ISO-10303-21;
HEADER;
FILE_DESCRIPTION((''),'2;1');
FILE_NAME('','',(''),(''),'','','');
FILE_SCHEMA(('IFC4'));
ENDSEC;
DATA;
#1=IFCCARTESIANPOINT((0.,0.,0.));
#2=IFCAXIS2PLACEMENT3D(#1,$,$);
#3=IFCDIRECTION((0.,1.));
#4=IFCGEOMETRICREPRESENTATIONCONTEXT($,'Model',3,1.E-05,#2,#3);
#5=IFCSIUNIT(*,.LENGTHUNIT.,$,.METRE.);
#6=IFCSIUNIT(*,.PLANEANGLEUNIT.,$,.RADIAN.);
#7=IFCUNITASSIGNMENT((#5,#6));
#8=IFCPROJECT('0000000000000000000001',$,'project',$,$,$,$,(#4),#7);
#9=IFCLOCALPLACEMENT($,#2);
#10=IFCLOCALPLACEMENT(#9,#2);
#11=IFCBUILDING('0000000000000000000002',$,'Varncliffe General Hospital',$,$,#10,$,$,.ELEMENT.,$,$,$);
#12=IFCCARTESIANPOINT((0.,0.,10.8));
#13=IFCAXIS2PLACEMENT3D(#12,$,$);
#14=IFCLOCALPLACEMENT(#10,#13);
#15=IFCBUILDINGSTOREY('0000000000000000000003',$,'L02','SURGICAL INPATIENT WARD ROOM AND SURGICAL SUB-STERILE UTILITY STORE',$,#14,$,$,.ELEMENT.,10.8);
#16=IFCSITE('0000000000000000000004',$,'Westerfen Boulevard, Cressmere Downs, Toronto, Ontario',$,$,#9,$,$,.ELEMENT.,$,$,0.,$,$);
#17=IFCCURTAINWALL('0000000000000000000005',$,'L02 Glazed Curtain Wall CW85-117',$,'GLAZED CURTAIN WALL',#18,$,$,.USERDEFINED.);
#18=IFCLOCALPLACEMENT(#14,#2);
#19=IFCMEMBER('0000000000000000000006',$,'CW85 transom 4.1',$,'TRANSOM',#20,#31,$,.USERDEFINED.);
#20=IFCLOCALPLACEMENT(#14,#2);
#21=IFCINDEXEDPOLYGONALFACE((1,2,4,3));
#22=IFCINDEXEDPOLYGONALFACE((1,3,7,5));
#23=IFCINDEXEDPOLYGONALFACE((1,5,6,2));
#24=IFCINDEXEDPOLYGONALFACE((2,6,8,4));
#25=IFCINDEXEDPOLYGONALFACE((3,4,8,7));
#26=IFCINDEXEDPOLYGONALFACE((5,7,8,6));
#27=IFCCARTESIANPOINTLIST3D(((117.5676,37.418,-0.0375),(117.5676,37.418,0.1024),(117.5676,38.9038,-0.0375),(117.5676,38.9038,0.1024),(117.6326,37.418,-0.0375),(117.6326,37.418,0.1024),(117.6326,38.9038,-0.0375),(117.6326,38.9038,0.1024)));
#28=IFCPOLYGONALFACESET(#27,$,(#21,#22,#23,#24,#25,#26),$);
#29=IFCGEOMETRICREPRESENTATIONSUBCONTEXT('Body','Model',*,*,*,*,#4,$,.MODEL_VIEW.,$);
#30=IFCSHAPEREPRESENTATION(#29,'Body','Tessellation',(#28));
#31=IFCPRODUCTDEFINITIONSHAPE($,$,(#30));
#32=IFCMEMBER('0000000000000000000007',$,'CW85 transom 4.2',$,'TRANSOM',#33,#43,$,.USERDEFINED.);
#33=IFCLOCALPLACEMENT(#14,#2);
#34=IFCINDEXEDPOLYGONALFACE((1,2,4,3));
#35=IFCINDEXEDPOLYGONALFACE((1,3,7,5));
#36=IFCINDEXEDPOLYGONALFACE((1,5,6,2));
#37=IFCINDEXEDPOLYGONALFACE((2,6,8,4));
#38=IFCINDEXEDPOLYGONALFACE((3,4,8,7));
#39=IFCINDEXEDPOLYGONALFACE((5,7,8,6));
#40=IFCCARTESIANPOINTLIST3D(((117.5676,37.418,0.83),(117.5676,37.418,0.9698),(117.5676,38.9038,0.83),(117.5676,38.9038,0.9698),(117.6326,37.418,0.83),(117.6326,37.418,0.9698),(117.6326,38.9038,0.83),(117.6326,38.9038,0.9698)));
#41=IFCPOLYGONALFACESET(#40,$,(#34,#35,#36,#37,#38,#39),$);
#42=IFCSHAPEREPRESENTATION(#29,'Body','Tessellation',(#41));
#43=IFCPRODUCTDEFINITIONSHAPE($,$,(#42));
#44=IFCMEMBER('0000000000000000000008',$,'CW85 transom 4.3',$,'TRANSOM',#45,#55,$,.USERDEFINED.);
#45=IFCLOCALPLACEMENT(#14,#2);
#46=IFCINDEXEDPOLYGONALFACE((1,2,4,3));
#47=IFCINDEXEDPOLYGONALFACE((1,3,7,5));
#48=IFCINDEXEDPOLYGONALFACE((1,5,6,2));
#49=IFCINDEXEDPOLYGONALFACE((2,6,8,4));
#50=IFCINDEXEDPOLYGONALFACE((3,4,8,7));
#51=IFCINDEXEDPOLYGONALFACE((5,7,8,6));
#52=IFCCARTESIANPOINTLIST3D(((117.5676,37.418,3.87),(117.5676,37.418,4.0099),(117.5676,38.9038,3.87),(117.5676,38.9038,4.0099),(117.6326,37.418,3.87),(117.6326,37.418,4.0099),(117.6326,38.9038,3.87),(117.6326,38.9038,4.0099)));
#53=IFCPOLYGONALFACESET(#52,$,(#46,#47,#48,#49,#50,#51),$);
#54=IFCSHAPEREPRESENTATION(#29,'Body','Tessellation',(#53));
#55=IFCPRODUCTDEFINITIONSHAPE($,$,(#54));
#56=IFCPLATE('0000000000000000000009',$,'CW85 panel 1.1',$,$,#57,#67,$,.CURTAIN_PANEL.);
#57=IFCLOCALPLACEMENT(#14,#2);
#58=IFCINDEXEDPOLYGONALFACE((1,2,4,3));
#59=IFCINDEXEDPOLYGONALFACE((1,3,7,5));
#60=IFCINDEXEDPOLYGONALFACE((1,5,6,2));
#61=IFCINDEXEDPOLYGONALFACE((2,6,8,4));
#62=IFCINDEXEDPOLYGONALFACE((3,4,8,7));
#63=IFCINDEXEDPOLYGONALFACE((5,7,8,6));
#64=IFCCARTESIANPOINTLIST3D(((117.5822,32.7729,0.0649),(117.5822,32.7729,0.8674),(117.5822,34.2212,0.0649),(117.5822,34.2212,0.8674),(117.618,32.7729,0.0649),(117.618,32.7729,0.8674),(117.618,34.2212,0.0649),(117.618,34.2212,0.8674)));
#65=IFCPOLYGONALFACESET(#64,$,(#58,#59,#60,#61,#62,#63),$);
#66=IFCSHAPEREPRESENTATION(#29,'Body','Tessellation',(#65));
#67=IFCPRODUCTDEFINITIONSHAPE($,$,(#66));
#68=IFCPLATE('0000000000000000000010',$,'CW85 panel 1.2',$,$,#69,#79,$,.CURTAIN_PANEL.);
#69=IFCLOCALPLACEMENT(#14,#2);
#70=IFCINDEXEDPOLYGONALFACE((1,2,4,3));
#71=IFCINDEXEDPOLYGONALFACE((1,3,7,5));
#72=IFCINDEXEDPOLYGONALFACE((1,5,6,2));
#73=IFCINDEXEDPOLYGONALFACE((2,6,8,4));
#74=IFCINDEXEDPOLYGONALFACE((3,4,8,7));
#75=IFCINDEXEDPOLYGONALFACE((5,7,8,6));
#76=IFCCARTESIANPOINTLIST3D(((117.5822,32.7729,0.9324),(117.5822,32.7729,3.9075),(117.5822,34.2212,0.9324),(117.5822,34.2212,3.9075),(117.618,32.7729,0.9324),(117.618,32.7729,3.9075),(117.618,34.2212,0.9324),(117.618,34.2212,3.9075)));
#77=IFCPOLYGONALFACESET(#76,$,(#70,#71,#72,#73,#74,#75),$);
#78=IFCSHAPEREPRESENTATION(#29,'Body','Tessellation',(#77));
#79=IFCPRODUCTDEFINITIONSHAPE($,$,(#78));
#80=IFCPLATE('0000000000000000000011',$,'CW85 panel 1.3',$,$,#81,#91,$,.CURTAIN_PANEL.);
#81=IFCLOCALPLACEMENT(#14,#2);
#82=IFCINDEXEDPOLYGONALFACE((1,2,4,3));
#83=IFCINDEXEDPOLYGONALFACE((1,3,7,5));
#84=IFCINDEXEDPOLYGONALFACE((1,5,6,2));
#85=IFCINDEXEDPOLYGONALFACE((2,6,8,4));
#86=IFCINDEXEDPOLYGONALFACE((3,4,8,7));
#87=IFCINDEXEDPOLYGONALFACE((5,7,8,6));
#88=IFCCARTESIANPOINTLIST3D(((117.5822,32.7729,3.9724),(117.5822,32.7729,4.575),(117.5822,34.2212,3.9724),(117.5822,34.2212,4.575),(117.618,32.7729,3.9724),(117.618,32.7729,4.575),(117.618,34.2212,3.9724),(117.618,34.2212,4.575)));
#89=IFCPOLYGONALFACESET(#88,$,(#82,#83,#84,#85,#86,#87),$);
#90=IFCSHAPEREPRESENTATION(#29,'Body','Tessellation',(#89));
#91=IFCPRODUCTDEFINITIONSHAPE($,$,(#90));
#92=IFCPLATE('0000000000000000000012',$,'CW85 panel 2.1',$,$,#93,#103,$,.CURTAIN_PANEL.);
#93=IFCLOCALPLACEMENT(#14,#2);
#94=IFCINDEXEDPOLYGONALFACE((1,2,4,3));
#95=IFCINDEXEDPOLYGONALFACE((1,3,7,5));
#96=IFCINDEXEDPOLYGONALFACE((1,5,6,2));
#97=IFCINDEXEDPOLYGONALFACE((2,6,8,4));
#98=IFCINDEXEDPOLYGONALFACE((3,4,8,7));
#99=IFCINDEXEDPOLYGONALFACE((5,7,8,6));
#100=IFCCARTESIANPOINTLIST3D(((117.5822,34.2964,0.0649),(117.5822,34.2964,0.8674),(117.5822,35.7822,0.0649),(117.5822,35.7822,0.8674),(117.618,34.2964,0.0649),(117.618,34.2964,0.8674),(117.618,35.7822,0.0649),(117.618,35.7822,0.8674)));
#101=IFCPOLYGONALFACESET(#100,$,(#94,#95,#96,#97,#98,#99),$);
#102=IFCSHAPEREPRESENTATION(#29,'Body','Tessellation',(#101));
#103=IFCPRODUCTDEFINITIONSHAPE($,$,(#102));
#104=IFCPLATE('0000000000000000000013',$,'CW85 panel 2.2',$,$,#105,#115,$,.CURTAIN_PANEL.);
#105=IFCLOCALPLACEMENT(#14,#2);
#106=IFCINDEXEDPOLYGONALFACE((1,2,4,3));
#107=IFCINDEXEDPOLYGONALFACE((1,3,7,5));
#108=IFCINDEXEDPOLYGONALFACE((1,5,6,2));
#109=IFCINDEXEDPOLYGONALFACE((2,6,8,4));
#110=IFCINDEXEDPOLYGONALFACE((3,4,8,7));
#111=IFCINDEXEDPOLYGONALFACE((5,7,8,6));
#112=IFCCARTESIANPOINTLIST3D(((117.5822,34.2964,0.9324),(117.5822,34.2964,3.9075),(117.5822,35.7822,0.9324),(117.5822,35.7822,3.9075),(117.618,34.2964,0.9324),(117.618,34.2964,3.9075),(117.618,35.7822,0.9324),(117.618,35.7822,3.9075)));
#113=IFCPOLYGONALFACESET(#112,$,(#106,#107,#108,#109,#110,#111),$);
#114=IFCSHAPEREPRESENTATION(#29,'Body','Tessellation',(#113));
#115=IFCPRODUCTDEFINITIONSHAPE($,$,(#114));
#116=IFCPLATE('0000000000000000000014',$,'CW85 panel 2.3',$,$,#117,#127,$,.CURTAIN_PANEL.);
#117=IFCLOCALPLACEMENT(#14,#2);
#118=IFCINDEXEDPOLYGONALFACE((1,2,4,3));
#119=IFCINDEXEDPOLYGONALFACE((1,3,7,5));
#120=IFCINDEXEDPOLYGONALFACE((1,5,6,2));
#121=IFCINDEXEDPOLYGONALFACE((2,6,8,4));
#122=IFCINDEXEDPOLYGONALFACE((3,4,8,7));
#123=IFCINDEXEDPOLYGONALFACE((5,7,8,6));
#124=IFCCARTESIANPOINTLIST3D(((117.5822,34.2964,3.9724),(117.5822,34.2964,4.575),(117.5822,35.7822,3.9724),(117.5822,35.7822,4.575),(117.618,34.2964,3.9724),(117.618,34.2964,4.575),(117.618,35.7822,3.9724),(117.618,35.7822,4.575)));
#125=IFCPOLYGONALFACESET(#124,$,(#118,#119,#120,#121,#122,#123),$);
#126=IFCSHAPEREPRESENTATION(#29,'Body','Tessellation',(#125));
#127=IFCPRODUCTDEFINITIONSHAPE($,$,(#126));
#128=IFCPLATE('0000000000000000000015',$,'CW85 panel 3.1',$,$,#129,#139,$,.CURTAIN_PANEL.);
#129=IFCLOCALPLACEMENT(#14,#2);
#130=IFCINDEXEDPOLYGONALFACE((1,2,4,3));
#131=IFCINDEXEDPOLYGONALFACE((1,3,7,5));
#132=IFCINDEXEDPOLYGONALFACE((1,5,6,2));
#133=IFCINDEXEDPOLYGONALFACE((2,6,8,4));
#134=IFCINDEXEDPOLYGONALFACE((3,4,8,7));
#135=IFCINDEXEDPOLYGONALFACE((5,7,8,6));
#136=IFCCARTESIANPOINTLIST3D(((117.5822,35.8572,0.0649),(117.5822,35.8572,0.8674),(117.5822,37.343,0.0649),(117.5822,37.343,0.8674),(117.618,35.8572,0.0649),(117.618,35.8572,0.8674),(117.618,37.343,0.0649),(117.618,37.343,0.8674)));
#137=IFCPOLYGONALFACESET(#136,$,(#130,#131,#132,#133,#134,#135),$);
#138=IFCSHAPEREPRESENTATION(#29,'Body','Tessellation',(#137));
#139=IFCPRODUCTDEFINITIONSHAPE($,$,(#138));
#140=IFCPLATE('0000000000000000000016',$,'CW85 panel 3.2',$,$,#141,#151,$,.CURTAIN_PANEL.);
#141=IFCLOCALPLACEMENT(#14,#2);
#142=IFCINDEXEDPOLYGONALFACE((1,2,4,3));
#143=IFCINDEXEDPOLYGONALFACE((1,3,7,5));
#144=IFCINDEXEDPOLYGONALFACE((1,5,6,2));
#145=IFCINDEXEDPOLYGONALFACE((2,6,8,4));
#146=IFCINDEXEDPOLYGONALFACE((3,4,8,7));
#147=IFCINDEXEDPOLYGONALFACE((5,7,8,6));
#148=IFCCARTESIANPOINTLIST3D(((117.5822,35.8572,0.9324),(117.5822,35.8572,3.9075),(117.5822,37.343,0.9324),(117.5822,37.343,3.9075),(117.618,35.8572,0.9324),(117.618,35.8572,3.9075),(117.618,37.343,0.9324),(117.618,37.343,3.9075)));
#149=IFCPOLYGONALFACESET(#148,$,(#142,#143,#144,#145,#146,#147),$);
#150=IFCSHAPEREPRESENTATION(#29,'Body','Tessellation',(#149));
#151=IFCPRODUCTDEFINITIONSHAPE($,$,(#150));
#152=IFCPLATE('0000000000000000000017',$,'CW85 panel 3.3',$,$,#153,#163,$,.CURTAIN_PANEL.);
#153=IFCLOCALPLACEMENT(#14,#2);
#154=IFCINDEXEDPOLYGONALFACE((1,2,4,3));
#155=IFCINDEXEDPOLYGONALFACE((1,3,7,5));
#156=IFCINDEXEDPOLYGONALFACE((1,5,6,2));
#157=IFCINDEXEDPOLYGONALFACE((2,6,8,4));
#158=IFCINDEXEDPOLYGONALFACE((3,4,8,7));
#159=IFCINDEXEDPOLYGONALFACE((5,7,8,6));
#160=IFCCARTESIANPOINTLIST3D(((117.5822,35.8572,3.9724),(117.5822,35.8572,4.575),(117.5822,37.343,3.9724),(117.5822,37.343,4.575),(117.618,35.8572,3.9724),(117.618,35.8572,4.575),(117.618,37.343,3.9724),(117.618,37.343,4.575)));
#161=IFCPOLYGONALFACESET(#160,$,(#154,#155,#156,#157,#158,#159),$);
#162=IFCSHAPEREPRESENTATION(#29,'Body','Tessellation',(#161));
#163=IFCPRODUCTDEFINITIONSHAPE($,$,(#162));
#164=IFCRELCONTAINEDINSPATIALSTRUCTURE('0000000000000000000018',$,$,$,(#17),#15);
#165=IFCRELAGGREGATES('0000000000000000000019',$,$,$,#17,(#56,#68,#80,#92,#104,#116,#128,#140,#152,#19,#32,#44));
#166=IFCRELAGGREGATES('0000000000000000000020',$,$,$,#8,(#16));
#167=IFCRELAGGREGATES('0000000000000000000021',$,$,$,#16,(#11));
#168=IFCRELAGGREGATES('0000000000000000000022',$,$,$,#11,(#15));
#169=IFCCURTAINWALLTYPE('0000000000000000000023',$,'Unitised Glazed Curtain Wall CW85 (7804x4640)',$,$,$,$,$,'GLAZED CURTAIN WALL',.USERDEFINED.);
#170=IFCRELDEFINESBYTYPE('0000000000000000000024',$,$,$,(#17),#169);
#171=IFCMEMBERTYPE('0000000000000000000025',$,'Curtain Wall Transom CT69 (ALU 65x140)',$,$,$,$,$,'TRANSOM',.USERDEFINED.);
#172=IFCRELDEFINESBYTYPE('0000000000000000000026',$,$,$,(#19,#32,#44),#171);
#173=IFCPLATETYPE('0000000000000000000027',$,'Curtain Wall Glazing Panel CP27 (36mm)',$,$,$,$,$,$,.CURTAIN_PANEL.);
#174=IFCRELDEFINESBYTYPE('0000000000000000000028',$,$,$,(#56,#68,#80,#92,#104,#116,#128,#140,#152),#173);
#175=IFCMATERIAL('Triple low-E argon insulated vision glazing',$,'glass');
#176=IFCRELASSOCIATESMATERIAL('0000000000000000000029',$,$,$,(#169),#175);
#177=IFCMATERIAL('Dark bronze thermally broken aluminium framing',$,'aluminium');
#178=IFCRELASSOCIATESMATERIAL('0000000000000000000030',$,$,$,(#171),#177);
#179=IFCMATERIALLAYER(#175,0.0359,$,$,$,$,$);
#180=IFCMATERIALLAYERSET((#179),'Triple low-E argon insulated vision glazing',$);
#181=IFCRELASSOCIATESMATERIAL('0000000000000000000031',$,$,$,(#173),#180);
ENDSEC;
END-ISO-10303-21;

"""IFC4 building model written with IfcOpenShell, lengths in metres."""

from ifc_helpers import new_model, si_unit, direction, frame, origin, origin_2d, place, context, subcontext, project, spatial, rectangle, extrude, material, layer, layer_set, material_profile, profile_set, type_object, element, aggregate, save


model = new_model("IFC4")

# Units and contexts
model_context = context("Model", 3, precision=1e-05, world=origin(), true_north=direction((0.0, 1.0)))
body_context = subcontext(model_context, "Body", "Model", "MODEL_VIEW")
ifc_project = project(units=[si_unit("LENGTHUNIT", "METRE"), si_unit("PLANEANGLEUNIT", "RADIAN")], contexts=[model_context])

# Site, building, storey
site_placement = place(None, origin())
site = spatial("IfcSite", under=ifc_project, at=site_placement, Name="Westerfen Boulevard, Cressmere Downs, Toronto, Ontario", CompositionType="ELEMENT", RefElevation=0.0)
building_placement = place(site_placement, origin())
building = spatial("IfcBuilding", under=site, at=building_placement, Name="Varncliffe General Hospital", CompositionType="ELEMENT")
storey_placement = place(building_placement, frame((0.0, 0.0, 10.8)))
storey = spatial("IfcBuildingStorey", under=building, at=storey_placement, Name="L02", Description="SURGICAL INPATIENT WARD ROOM AND SURGICAL SUB-STERILE UTILITY STORE", CompositionType="ELEMENT", Elevation=10.8)

# Curtain wall, members, plates
ifc_material_1 = material(Name="Triple low-E argon insulated vision glazing", Category="glass")
curtain_wall_type = type_object("IfcCurtainWallType", Name="Unitised Glazed Curtain Wall CW85 (7804x4640)", ElementType="GLAZED CURTAIN WALL", PredefinedType="USERDEFINED", material=ifc_material_1)
curtain_wall_placement = place(storey_placement, origin())
curtain_wall = element("IfcCurtainWall", 1, at=curtain_wall_placement, inside=storey, type_object=curtain_wall_type, Name="L02 Glazed Curtain Wall CW85-117", ObjectType="GLAZED CURTAIN WALL", PredefinedType="USERDEFINED")
ifc_material_2 = material(Name="Dark bronze thermally broken aluminium framing", Category="aluminium")
ifc_material_profile_1 = material_profile(ifc_material_2, rectangle(XDim=0.0649, YDim=0.1399, at=origin_2d()), Name="ALU 65x140")
ifc_profile_set_1 = profile_set([ifc_material_profile_1], Name="Dark bronze thermally broken aluminium framing")
member_type_1 = type_object("IfcMemberType", Name="Curtain Wall Transom CT69 (ALU 65x140)", ElementType="TRANSOM", PredefinedType="USERDEFINED", material=ifc_profile_set_1)
member_1_placement = place(storey_placement, frame((117.6001, 37.418, 0.0325), z_axis=(0.0, 1.0, 0.0), x_axis=(-1.0, 0.0, 0.0)))
member_1 = element("IfcMember", 2, at=member_1_placement, type_object=member_type_1, Name="CW85 transom 4.1", ObjectType="TRANSOM", PredefinedType="USERDEFINED", context=body_context, shape_type="SweptSolid", body=[
    extrude(rectangle(XDim=0.0649, YDim=0.1399, at=origin_2d()), origin(), (0.0, 0.0, 1.0), 1.4858),
])
member_2_placement = place(storey_placement, frame((117.6001, 37.418, 0.8999), z_axis=(0.0, 1.0, 0.0), x_axis=(-1.0, 0.0, 0.0)))
member_2 = element("IfcMember", 3, at=member_2_placement, type_object=member_type_1, Name="CW85 transom 4.2", ObjectType="TRANSOM", PredefinedType="USERDEFINED", context=body_context, shape_type="SweptSolid", body=[
    extrude(rectangle(XDim=0.0649, YDim=0.1399, at=origin_2d()), origin(), (0.0, 0.0, 1.0), 1.4858),
])
member_3_placement = place(storey_placement, frame((117.6001, 37.418, 3.9399), z_axis=(0.0, 1.0, 0.0), x_axis=(-1.0, 0.0, 0.0)))
member_3 = element("IfcMember", 4, at=member_3_placement, type_object=member_type_1, Name="CW85 transom 4.3", ObjectType="TRANSOM", PredefinedType="USERDEFINED", context=body_context, shape_type="SweptSolid", body=[
    extrude(rectangle(XDim=0.0649, YDim=0.1399, at=origin_2d()), origin(), (0.0, 0.0, 1.0), 1.4858),
])
ifc_layer = layer(ifc_material_1, 0.0359)
ifc_layer_set = layer_set([ifc_layer], Name="Triple low-E argon insulated vision glazing")
plate_type = type_object("IfcPlateType", Name="Curtain Wall Glazing Panel CP27 (36mm)", PredefinedType="CURTAIN_PANEL", material=ifc_layer_set)
plate_1_placement = place(storey_placement, frame((117.6001, 33.4971, 0.0649), z_axis=(0.0, 0.0, 1.0), x_axis=(0.0, 1.0, 0.0)))
plate_1 = element("IfcPlate", 5, at=plate_1_placement, type_object=plate_type, Name="CW85 panel 1.1", PredefinedType="CURTAIN_PANEL", context=body_context, shape_type="SweptSolid", body=[
    extrude(rectangle(XDim=1.4482, YDim=0.0359, at=origin_2d()), origin(), (0.0, 0.0, 1.0), 0.8025),
])
plate_2_placement = place(storey_placement, frame((117.6001, 33.4971, 0.9324), z_axis=(0.0, 0.0, 1.0), x_axis=(0.0, 1.0, 0.0)))
plate_2 = element("IfcPlate", 6, at=plate_2_placement, type_object=plate_type, Name="CW85 panel 1.2", PredefinedType="CURTAIN_PANEL", context=body_context, shape_type="SweptSolid", body=[
    extrude(rectangle(XDim=1.4482, YDim=0.0359, at=origin_2d()), origin(), (0.0, 0.0, 1.0), 2.9751),
])
plate_3_placement = place(storey_placement, frame((117.6001, 33.4971, 3.9724), z_axis=(0.0, 0.0, 1.0), x_axis=(0.0, 1.0, 0.0)))
plate_3 = element("IfcPlate", 7, at=plate_3_placement, type_object=plate_type, Name="CW85 panel 1.3", PredefinedType="CURTAIN_PANEL", context=body_context, shape_type="SweptSolid", body=[
    extrude(rectangle(XDim=1.4482, YDim=0.0359, at=origin_2d()), origin(), (0.0, 0.0, 1.0), 0.6025),
])
plate_4_placement = place(storey_placement, frame((117.6001, 35.0393, 0.0649), z_axis=(0.0, 0.0, 1.0), x_axis=(0.0, 1.0, 0.0)))
plate_4 = element("IfcPlate", 8, at=plate_4_placement, type_object=plate_type, Name="CW85 panel 2.1", PredefinedType="CURTAIN_PANEL", context=body_context, shape_type="SweptSolid", body=[
    extrude(rectangle(XDim=1.4858, YDim=0.0359, at=origin_2d()), origin(), (0.0, 0.0, 1.0), 0.8025),
])
plate_5_placement = place(storey_placement, frame((117.6001, 35.0393, 0.9324), z_axis=(0.0, 0.0, 1.0), x_axis=(0.0, 1.0, 0.0)))
plate_5 = element("IfcPlate", 9, at=plate_5_placement, type_object=plate_type, Name="CW85 panel 2.2", PredefinedType="CURTAIN_PANEL", context=body_context, shape_type="SweptSolid", body=[
    extrude(rectangle(XDim=1.4858, YDim=0.0359, at=origin_2d()), origin(), (0.0, 0.0, 1.0), 2.9751),
])
plate_6_placement = place(storey_placement, frame((117.6001, 35.0393, 3.9724), z_axis=(0.0, 0.0, 1.0), x_axis=(0.0, 1.0, 0.0)))
plate_6 = element("IfcPlate", 10, at=plate_6_placement, type_object=plate_type, Name="CW85 panel 2.3", PredefinedType="CURTAIN_PANEL", context=body_context, shape_type="SweptSolid", body=[
    extrude(rectangle(XDim=1.4858, YDim=0.0359, at=origin_2d()), origin(), (0.0, 0.0, 1.0), 0.6025),
])
plate_7_placement = place(storey_placement, frame((117.6001, 36.6001, 0.0649), z_axis=(0.0, 0.0, 1.0), x_axis=(0.0, 1.0, 0.0)))
plate_7 = element("IfcPlate", 11, at=plate_7_placement, type_object=plate_type, Name="CW85 panel 3.1", PredefinedType="CURTAIN_PANEL", context=body_context, shape_type="SweptSolid", body=[
    extrude(rectangle(XDim=1.4858, YDim=0.0359, at=origin_2d()), origin(), (0.0, 0.0, 1.0), 0.8025),
])
plate_8_placement = place(storey_placement, frame((117.6001, 36.6001, 0.9324), z_axis=(0.0, 0.0, 1.0), x_axis=(0.0, 1.0, 0.0)))
plate_8 = element("IfcPlate", 12, at=plate_8_placement, type_object=plate_type, Name="CW85 panel 3.2", PredefinedType="CURTAIN_PANEL", context=body_context, shape_type="SweptSolid", body=[
    extrude(rectangle(XDim=1.4858, YDim=0.0359, at=origin_2d()), origin(), (0.0, 0.0, 1.0), 2.9751),
])
plate_9_placement = place(storey_placement, frame((117.6001, 36.6001, 3.9724), z_axis=(0.0, 0.0, 1.0), x_axis=(0.0, 1.0, 0.0)))
plate_9 = element("IfcPlate", 13, at=plate_9_placement, type_object=plate_type, Name="CW85 panel 3.3", PredefinedType="CURTAIN_PANEL", context=body_context, shape_type="SweptSolid", body=[
    extrude(rectangle(XDim=1.4858, YDim=0.0359, at=origin_2d()), origin(), (0.0, 0.0, 1.0), 0.6025),
])
aggregate(curtain_wall, [plate_1, plate_2, plate_3, plate_4, plate_5, plate_6, plate_7, plate_8, plate_9, member_1, member_2, member_3])

save(model, "model.ifc")
